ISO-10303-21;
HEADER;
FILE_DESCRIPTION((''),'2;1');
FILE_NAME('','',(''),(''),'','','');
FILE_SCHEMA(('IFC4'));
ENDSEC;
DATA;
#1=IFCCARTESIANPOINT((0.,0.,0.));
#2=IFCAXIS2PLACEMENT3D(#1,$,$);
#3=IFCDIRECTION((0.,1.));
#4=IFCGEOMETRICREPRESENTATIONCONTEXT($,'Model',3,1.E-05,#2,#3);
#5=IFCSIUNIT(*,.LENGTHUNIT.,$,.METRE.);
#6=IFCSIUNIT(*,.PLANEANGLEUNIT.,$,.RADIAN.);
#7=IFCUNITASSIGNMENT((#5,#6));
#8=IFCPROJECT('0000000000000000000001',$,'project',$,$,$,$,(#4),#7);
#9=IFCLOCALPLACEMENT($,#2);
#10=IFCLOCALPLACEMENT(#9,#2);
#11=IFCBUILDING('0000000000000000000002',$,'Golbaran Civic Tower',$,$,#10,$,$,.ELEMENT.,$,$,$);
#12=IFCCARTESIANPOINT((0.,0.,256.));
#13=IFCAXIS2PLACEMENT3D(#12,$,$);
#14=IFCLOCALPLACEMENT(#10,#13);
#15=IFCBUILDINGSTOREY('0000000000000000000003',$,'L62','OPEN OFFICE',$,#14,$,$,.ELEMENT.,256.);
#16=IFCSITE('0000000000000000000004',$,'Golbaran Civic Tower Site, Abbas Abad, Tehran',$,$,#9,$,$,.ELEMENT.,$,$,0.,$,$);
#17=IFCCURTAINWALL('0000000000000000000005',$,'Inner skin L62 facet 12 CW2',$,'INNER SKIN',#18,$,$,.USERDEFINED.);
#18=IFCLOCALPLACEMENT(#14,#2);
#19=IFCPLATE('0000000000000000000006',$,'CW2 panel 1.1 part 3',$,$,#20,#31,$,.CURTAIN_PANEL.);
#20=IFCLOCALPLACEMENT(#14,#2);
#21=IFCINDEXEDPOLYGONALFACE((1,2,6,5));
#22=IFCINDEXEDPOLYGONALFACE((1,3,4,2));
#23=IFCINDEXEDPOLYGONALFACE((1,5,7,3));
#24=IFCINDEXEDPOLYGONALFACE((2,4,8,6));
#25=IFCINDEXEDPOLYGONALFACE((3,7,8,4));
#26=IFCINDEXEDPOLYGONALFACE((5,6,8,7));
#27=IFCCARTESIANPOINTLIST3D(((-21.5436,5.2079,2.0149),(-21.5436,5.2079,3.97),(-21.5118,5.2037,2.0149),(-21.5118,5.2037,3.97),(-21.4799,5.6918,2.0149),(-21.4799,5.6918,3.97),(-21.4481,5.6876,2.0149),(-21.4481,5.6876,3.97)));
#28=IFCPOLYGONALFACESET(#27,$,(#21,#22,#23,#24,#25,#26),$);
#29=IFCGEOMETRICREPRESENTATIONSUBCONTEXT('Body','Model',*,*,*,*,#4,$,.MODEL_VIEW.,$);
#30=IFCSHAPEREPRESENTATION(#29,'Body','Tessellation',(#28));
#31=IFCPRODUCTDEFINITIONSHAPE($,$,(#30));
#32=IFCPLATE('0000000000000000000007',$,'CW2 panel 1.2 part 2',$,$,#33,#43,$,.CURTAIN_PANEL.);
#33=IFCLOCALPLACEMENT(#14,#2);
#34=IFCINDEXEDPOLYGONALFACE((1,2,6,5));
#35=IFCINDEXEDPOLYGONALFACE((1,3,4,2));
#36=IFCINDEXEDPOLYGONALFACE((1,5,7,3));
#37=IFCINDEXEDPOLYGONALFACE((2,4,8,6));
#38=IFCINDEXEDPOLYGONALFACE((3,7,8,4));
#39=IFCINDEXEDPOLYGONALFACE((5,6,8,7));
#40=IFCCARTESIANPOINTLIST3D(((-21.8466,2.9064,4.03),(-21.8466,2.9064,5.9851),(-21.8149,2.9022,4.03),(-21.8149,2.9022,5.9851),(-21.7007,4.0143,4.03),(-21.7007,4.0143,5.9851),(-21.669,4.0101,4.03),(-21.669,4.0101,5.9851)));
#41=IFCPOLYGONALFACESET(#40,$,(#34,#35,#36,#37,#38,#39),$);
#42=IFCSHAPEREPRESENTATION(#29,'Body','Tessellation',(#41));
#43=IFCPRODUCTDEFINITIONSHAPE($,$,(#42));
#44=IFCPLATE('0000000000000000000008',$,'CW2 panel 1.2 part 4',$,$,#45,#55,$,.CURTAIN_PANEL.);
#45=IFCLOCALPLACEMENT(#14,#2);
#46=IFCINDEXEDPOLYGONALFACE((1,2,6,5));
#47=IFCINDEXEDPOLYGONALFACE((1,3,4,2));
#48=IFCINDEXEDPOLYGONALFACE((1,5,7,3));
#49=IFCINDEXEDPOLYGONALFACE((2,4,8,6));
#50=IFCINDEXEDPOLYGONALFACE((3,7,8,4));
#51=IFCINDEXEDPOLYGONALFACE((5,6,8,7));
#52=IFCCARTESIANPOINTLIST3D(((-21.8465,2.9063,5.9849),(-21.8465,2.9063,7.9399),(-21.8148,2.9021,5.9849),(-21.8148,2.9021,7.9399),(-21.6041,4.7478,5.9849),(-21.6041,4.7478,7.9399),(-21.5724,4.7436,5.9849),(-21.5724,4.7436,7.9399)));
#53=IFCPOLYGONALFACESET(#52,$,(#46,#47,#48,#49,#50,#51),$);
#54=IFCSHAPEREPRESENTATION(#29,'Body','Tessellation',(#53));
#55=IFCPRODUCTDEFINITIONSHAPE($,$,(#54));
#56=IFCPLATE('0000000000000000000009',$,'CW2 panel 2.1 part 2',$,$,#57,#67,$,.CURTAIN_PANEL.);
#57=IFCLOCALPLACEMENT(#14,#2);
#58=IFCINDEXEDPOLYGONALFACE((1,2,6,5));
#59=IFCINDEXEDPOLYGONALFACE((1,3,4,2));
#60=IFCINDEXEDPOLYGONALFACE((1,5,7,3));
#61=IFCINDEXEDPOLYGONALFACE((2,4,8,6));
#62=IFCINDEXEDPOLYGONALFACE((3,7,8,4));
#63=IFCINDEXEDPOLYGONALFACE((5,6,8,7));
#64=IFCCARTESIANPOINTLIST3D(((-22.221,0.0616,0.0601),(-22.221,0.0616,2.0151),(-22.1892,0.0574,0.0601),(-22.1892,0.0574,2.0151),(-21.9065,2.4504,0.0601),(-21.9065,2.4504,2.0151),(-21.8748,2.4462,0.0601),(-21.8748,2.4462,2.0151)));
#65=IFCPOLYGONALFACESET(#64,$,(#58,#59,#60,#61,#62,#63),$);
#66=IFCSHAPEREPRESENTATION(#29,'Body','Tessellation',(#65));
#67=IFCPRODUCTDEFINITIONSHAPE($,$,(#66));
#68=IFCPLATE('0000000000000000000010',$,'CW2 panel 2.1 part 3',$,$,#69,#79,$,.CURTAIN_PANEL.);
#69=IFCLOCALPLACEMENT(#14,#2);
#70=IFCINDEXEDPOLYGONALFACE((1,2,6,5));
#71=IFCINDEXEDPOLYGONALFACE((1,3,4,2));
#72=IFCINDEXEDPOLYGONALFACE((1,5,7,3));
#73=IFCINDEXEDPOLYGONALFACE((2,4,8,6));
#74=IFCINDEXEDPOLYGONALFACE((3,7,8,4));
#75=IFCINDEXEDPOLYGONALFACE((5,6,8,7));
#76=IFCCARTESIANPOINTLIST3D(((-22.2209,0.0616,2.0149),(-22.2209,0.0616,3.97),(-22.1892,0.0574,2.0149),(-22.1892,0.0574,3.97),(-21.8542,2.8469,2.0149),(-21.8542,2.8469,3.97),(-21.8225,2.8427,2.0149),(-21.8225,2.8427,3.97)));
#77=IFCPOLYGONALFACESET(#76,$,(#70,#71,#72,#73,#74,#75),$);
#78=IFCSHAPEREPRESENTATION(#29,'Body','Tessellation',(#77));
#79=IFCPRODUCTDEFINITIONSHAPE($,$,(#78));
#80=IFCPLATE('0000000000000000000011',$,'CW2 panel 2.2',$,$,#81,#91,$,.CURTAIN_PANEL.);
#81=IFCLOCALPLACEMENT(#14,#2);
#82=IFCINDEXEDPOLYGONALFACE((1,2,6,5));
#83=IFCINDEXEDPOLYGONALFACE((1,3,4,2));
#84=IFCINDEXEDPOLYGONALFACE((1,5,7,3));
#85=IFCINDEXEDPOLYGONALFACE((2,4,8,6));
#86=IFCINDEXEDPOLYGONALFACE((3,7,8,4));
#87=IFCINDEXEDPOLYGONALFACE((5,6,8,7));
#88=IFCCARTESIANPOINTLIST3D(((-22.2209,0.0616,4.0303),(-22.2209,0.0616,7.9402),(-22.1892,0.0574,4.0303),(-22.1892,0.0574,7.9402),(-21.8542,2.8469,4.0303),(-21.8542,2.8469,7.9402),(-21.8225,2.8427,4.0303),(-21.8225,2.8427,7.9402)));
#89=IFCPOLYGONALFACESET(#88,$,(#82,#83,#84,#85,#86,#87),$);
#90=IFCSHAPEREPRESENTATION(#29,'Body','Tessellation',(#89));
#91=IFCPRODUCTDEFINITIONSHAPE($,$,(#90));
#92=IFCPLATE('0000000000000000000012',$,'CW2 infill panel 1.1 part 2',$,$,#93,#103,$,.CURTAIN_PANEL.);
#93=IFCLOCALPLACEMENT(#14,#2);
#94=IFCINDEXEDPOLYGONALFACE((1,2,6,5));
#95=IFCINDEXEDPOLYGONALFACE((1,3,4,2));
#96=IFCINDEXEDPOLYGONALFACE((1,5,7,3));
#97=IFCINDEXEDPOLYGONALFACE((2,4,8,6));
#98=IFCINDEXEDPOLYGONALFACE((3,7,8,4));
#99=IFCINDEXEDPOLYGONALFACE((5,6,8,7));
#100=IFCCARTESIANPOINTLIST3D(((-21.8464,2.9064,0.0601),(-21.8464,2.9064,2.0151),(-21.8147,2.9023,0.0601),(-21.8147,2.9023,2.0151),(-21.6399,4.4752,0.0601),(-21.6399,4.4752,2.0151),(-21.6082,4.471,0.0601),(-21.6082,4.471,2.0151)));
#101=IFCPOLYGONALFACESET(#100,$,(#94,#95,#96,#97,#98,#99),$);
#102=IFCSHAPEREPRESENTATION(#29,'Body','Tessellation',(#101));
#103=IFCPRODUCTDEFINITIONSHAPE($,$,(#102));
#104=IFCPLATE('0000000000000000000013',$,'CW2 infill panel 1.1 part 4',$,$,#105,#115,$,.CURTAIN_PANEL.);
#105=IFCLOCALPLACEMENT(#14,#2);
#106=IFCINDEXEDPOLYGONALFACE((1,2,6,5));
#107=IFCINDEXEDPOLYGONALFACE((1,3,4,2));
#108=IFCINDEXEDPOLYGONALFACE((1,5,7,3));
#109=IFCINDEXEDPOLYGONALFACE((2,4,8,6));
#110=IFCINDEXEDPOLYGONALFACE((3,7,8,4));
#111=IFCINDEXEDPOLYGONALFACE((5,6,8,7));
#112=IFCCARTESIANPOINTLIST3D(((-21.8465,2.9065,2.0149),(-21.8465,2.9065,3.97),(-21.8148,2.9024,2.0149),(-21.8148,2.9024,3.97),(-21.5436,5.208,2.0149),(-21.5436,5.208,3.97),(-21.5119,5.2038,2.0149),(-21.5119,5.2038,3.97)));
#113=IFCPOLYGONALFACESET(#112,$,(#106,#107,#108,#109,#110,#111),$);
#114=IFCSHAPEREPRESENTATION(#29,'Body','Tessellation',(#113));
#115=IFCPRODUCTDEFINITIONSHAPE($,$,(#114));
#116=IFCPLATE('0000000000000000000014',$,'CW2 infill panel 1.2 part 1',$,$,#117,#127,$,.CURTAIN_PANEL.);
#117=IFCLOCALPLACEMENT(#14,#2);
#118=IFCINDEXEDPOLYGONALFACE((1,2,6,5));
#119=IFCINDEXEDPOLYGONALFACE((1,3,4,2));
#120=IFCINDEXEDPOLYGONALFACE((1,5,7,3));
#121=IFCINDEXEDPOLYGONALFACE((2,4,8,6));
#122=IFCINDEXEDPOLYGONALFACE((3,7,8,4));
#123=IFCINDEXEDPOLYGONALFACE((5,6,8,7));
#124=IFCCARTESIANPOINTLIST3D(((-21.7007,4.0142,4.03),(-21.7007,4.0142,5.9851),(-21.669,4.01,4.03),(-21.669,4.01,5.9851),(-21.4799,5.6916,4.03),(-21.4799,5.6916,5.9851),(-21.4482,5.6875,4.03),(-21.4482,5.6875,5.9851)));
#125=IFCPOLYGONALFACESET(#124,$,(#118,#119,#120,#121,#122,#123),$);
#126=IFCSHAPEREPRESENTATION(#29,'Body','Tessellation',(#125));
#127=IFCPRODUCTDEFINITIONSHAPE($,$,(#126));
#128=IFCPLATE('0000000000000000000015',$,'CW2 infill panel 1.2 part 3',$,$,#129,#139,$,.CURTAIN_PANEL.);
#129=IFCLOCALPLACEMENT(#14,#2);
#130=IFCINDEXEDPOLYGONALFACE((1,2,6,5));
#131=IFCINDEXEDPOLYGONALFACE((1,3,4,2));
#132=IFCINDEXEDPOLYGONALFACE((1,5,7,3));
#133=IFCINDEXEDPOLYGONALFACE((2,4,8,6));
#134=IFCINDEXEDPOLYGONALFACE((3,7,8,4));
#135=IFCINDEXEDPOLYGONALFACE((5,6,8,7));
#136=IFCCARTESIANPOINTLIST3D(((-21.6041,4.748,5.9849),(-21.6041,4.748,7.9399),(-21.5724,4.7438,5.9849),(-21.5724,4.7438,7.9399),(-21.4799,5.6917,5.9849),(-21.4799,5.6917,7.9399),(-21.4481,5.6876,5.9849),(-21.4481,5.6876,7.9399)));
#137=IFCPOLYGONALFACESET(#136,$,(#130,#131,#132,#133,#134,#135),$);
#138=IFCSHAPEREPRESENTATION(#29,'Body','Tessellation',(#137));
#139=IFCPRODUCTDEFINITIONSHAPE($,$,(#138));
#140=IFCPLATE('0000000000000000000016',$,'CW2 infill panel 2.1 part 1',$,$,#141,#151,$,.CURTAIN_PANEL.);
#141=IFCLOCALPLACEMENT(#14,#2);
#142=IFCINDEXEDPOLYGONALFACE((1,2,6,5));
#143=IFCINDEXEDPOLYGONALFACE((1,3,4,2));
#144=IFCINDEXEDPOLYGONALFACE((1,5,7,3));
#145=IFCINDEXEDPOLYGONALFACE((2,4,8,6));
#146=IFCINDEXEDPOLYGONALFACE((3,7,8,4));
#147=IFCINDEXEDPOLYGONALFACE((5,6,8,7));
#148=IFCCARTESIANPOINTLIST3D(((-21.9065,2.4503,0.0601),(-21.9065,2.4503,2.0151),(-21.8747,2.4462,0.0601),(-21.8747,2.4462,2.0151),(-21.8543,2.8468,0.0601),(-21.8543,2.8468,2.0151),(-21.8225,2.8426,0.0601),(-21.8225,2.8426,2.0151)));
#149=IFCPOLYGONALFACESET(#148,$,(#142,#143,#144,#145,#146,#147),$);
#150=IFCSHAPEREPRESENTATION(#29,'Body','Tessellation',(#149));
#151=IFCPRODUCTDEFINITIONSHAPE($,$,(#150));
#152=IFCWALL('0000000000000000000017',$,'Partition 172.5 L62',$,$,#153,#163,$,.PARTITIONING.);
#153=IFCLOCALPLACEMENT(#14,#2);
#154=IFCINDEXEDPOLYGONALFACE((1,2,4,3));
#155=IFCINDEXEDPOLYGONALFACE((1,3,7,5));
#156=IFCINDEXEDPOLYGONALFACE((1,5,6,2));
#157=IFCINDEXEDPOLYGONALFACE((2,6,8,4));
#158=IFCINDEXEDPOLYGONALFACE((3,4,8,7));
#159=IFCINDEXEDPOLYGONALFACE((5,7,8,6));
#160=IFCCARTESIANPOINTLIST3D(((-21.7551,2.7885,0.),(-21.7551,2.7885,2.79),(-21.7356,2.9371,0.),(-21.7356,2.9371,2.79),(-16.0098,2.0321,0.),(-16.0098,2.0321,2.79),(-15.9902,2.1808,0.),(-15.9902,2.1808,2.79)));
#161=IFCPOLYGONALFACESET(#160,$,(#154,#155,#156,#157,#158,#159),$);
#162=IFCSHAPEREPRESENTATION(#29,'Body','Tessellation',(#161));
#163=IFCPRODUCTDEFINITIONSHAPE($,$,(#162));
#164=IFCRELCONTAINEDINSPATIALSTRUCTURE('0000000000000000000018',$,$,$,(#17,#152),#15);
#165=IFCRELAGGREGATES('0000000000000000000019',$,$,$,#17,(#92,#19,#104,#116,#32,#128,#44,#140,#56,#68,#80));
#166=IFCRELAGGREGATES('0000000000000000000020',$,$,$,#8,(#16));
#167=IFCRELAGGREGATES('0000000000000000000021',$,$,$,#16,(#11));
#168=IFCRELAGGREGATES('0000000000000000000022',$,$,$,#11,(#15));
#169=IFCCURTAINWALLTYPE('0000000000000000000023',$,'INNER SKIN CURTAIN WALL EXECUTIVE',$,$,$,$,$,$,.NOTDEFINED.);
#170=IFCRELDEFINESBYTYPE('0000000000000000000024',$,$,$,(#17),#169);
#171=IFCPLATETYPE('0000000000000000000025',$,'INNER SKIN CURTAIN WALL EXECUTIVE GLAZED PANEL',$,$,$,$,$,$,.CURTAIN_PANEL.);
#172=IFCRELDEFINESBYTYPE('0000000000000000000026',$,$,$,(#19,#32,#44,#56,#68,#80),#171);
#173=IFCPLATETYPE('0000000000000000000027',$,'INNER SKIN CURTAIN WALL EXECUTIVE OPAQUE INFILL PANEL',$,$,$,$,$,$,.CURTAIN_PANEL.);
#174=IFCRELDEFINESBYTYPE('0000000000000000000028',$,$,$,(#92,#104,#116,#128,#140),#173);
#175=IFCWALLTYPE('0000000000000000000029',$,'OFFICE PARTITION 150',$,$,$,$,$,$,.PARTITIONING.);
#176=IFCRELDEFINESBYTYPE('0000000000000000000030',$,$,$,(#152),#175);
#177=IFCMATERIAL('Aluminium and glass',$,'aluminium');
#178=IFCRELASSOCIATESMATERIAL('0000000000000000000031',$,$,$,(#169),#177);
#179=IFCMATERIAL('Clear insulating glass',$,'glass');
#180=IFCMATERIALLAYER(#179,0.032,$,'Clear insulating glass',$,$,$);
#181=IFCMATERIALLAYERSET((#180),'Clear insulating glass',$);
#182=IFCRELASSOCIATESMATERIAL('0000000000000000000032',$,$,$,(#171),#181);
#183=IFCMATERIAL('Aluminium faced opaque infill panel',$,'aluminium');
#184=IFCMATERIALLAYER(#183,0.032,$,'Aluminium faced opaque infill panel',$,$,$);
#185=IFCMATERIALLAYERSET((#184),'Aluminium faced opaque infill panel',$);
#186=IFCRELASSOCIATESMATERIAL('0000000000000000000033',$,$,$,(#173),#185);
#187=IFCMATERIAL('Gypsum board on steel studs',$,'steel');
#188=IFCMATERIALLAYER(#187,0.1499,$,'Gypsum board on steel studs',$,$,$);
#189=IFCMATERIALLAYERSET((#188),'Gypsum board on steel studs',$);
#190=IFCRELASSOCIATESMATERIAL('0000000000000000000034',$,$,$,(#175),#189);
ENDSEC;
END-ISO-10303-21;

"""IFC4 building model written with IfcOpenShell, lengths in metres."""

from ifc_helpers import new_model, si_unit, direction, frame, frame_2d, origin, origin_2d, place, context, subcontext, project, spatial, rectangle, extrude, material, layer, layer_set, type_object, element, aggregate, save


model = new_model("IFC4")

# Units and contexts
model_context = context("Model", 3, precision=1e-05, world=origin(), true_north=direction((0.0, 1.0)))
body_context = subcontext(model_context, "Body", "Model", "MODEL_VIEW")
ifc_project = project(units=[si_unit("LENGTHUNIT", "METRE"), si_unit("PLANEANGLEUNIT", "RADIAN")], contexts=[model_context])

# Site, building, storey
site_placement = place(None, origin())
site = spatial("IfcSite", under=ifc_project, at=site_placement, Name="Golbaran Civic Tower Site, Abbas Abad, Tehran", CompositionType="ELEMENT", RefElevation=0.0)
building_placement = place(site_placement, origin())
building = spatial("IfcBuilding", under=site, at=building_placement, Name="Golbaran Civic Tower", CompositionType="ELEMENT")
storey_placement = place(building_placement, frame((0.0, 0.0, 256.0)))
storey = spatial("IfcBuildingStorey", under=building, at=storey_placement, Name="L62", Description="OPEN OFFICE", CompositionType="ELEMENT", Elevation=256.0)

# Curtain wall, plates
ifc_material_1 = material(Name="Aluminium and glass", Category="aluminium")
curtain_wall_type = type_object("IfcCurtainWallType", Name="INNER SKIN CURTAIN WALL EXECUTIVE", PredefinedType="NOTDEFINED", material=ifc_material_1)
curtain_wall_placement = place(storey_placement, origin())
curtain_wall = element("IfcCurtainWall", 1, at=curtain_wall_placement, inside=storey, type_object=curtain_wall_type, Name="Inner skin L62 facet 12 CW2", ObjectType="INNER SKIN", PredefinedType="USERDEFINED")
ifc_material_2 = material(Name="Clear insulating glass", Category="glass")
ifc_layer_1 = layer(ifc_material_2, 0.032, Name="Clear insulating glass")
ifc_layer_set_1 = layer_set([ifc_layer_1], Name="Clear insulating glass")
plate_type_1 = type_object("IfcPlateType", Name="INNER SKIN CURTAIN WALL EXECUTIVE GLAZED PANEL", PredefinedType="CURTAIN_PANEL", material=ifc_layer_set_1)
plate_1_placement = place(storey_placement, frame((-21.4958, 5.4478, 2.0149), z_axis=(0.0, 0.0, 1.0), x_axis=(-0.130526, -0.991445, 0.0)))
plate_1 = element("IfcPlate", 2, at=plate_1_placement, type_object=plate_type_1, Name="CW2 panel 1.1 part 3", PredefinedType="CURTAIN_PANEL", context=body_context, shape_type="SweptSolid", body=[
    extrude(rectangle(XDim=0.488, YDim=0.032, at=origin_2d()), origin(), (0.0, 0.0, 1.0), 1.9551),
])
plate_2_placement = place(storey_placement, frame((-21.7578, 3.4583, 4.03), z_axis=(0.0, 0.0, 1.0), x_axis=(-0.130526, -0.991445, 0.0)))
plate_2 = element("IfcPlate", 3, at=plate_2_placement, type_object=plate_type_1, Name="CW2 panel 1.2 part 2", PredefinedType="CURTAIN_PANEL", context=body_context, shape_type="SweptSolid", body=[
    extrude(rectangle(XDim=1.1174, YDim=0.032, at=origin_2d()), origin(), (0.0, 0.0, 1.0), 1.9551),
])
plate_3_placement = place(storey_placement, frame((-21.7095, 3.825, 5.9849), z_axis=(0.0, 0.0, 1.0), x_axis=(-0.130526, -0.991445, 0.0)))
plate_3 = element("IfcPlate", 4, at=plate_3_placement, type_object=plate_type_1, Name="CW2 panel 1.2 part 4", PredefinedType="CURTAIN_PANEL", context=body_context, shape_type="SweptSolid", body=[
    extrude(rectangle(XDim=1.8574, YDim=0.032, at=origin_2d()), origin(), (0.0, 0.0, 1.0), 1.9551),
])
plate_4_placement = place(storey_placement, frame((-22.0479, 1.2539, 0.0601), z_axis=(0.0, 0.0, 1.0), x_axis=(-0.130526, -0.991445, 0.0)))
plate_4 = element("IfcPlate", 5, at=plate_4_placement, type_object=plate_type_1, Name="CW2 panel 2.1 part 2", PredefinedType="CURTAIN_PANEL", context=body_context, shape_type="SweptSolid", body=[
    extrude(rectangle(XDim=2.4094, YDim=0.032, at=origin_2d()), origin(), (0.0, 0.0, 1.0), 1.9551),
])
plate_5_placement = place(storey_placement, frame((-22.0217, 1.4521, 2.0149), z_axis=(0.0, 0.0, 1.0), x_axis=(-0.130526, -0.991445, 0.0)))
plate_5 = element("IfcPlate", 6, at=plate_5_placement, type_object=plate_type_1, Name="CW2 panel 2.1 part 3", PredefinedType="CURTAIN_PANEL", context=body_context, shape_type="SweptSolid", body=[
    extrude(rectangle(XDim=2.8093, YDim=0.032, at=origin_2d()), origin(), (0.0, 0.0, 1.0), 1.9551),
])
plate_6_placement = place(storey_placement, frame((-22.0217, 1.4521, 4.0303), z_axis=(0.0, 0.0, 1.0), x_axis=(-0.130526, -0.991445, 0.0)))
plate_6 = element("IfcPlate", 7, at=plate_6_placement, type_object=plate_type_1, Name="CW2 panel 2.2", PredefinedType="CURTAIN_PANEL", context=body_context, shape_type="SweptSolid", body=[
    extrude(rectangle(XDim=2.8093, YDim=0.032, at=origin_2d()), origin(), (0.0, 0.0, 1.0), 3.9099),
])
ifc_material_3 = material(Name="Aluminium faced opaque infill panel", Category="aluminium")
ifc_layer_2 = layer(ifc_material_3, 0.032, Name="Aluminium faced opaque infill panel")
ifc_layer_set_2 = layer_set([ifc_layer_2], Name="Aluminium faced opaque infill panel")
plate_type_2 = type_object("IfcPlateType", Name="INNER SKIN CURTAIN WALL EXECUTIVE OPAQUE INFILL PANEL", PredefinedType="CURTAIN_PANEL", material=ifc_layer_set_2)
plate_7_placement = place(storey_placement, frame((-21.7273, 3.6887, 0.0601), z_axis=(0.0, 0.0, 1.0), x_axis=(-0.130526, -0.991445, 0.0)))
plate_7 = element("IfcPlate", 8, at=plate_7_placement, type_object=plate_type_2, Name="CW2 infill panel 1.1 part 2", PredefinedType="CURTAIN_PANEL", context=body_context, shape_type="SweptSolid", body=[
    extrude(rectangle(XDim=1.5823, YDim=0.032, at=origin_2d()), origin(), (0.0, 0.0, 1.0), 1.9551),
])
plate_8_placement = place(storey_placement, frame((-21.6792, 4.0552, 2.0149), z_axis=(0.0, 0.0, 1.0), x_axis=(-0.130526, -0.991445, 0.0)))
plate_8 = element("IfcPlate", 9, at=plate_8_placement, type_object=plate_type_2, Name="CW2 infill panel 1.1 part 4", PredefinedType="CURTAIN_PANEL", context=body_context, shape_type="SweptSolid", body=[
    extrude(rectangle(XDim=2.3213, YDim=0.032, at=origin_2d()), origin(), (0.0, 0.0, 1.0), 1.9551),
])
plate_9_placement = place(storey_placement, frame((-21.5745, 4.8508, 4.03), z_axis=(0.0, 0.0, 1.0), x_axis=(-0.130526, -0.991445, 0.0)))
plate_9 = element("IfcPlate", 10, at=plate_9_placement, type_object=plate_type_2, Name="CW2 infill panel 1.2 part 1", PredefinedType="CURTAIN_PANEL", context=body_context, shape_type="SweptSolid", body=[
    extrude(rectangle(XDim=1.6919, YDim=0.032, at=origin_2d()), origin(), (0.0, 0.0, 1.0), 1.9551),
])
plate_10_placement = place(storey_placement, frame((-21.5261, 5.2178, 5.9849), z_axis=(0.0, 0.0, 1.0), x_axis=(-0.130526, -0.991445, 0.0)))
plate_10 = element("IfcPlate", 11, at=plate_10_placement, type_object=plate_type_2, Name="CW2 infill panel 1.2 part 3", PredefinedType="CURTAIN_PANEL", context=body_context, shape_type="SweptSolid", body=[
    extrude(rectangle(XDim=0.9519, YDim=0.032, at=origin_2d()), origin(), (0.0, 0.0, 1.0), 1.9551),
])
plate_11_placement = place(storey_placement, frame((-21.8645, 2.6465, 0.0601), z_axis=(0.0, 0.0, 1.0), x_axis=(-0.130526, -0.991445, 0.0)))
plate_11 = element("IfcPlate", 12, at=plate_11_placement, type_object=plate_type_2, Name="CW2 infill panel 2.1 part 1", PredefinedType="CURTAIN_PANEL", context=body_context, shape_type="SweptSolid", body=[
    extrude(rectangle(XDim=0.3999, YDim=0.032, at=origin_2d()), origin(), (0.0, 0.0, 1.0), 1.9551),
])
aggregate(curtain_wall, [plate_7, plate_1, plate_8, plate_9, plate_2, plate_10, plate_3, plate_11, plate_4, plate_5, plate_6])

# Wall
ifc_material_4 = material(Name="Gypsum board on steel studs", Category="steel")
ifc_layer_3 = layer(ifc_material_4, 0.1499, Name="Gypsum board on steel studs")
ifc_layer_set_3 = layer_set([ifc_layer_3], Name="Gypsum board on steel studs")
wall_type = type_object("IfcWallType", Name="OFFICE PARTITION 150", PredefinedType="PARTITIONING", material=ifc_layer_set_3)
wall_placement = place(storey_placement, frame((-16.0, 2.1064, 0.0), z_axis=(0.0, 0.0, 1.0), x_axis=(-0.991446, 0.130519, 0.0)))
element("IfcWall", 13, at=wall_placement, inside=storey, type_object=wall_type, Name="Partition 172.5 L62", PredefinedType="PARTITIONING", context=body_context, shape_type="SweptSolid", body=[
    extrude(rectangle(XDim=5.7949, YDim=0.1499, at=frame_2d((2.8975, 0.0))), origin(), (0.0, 0.0, 1.0), 2.79),
])

save(model, "model.ifc")
